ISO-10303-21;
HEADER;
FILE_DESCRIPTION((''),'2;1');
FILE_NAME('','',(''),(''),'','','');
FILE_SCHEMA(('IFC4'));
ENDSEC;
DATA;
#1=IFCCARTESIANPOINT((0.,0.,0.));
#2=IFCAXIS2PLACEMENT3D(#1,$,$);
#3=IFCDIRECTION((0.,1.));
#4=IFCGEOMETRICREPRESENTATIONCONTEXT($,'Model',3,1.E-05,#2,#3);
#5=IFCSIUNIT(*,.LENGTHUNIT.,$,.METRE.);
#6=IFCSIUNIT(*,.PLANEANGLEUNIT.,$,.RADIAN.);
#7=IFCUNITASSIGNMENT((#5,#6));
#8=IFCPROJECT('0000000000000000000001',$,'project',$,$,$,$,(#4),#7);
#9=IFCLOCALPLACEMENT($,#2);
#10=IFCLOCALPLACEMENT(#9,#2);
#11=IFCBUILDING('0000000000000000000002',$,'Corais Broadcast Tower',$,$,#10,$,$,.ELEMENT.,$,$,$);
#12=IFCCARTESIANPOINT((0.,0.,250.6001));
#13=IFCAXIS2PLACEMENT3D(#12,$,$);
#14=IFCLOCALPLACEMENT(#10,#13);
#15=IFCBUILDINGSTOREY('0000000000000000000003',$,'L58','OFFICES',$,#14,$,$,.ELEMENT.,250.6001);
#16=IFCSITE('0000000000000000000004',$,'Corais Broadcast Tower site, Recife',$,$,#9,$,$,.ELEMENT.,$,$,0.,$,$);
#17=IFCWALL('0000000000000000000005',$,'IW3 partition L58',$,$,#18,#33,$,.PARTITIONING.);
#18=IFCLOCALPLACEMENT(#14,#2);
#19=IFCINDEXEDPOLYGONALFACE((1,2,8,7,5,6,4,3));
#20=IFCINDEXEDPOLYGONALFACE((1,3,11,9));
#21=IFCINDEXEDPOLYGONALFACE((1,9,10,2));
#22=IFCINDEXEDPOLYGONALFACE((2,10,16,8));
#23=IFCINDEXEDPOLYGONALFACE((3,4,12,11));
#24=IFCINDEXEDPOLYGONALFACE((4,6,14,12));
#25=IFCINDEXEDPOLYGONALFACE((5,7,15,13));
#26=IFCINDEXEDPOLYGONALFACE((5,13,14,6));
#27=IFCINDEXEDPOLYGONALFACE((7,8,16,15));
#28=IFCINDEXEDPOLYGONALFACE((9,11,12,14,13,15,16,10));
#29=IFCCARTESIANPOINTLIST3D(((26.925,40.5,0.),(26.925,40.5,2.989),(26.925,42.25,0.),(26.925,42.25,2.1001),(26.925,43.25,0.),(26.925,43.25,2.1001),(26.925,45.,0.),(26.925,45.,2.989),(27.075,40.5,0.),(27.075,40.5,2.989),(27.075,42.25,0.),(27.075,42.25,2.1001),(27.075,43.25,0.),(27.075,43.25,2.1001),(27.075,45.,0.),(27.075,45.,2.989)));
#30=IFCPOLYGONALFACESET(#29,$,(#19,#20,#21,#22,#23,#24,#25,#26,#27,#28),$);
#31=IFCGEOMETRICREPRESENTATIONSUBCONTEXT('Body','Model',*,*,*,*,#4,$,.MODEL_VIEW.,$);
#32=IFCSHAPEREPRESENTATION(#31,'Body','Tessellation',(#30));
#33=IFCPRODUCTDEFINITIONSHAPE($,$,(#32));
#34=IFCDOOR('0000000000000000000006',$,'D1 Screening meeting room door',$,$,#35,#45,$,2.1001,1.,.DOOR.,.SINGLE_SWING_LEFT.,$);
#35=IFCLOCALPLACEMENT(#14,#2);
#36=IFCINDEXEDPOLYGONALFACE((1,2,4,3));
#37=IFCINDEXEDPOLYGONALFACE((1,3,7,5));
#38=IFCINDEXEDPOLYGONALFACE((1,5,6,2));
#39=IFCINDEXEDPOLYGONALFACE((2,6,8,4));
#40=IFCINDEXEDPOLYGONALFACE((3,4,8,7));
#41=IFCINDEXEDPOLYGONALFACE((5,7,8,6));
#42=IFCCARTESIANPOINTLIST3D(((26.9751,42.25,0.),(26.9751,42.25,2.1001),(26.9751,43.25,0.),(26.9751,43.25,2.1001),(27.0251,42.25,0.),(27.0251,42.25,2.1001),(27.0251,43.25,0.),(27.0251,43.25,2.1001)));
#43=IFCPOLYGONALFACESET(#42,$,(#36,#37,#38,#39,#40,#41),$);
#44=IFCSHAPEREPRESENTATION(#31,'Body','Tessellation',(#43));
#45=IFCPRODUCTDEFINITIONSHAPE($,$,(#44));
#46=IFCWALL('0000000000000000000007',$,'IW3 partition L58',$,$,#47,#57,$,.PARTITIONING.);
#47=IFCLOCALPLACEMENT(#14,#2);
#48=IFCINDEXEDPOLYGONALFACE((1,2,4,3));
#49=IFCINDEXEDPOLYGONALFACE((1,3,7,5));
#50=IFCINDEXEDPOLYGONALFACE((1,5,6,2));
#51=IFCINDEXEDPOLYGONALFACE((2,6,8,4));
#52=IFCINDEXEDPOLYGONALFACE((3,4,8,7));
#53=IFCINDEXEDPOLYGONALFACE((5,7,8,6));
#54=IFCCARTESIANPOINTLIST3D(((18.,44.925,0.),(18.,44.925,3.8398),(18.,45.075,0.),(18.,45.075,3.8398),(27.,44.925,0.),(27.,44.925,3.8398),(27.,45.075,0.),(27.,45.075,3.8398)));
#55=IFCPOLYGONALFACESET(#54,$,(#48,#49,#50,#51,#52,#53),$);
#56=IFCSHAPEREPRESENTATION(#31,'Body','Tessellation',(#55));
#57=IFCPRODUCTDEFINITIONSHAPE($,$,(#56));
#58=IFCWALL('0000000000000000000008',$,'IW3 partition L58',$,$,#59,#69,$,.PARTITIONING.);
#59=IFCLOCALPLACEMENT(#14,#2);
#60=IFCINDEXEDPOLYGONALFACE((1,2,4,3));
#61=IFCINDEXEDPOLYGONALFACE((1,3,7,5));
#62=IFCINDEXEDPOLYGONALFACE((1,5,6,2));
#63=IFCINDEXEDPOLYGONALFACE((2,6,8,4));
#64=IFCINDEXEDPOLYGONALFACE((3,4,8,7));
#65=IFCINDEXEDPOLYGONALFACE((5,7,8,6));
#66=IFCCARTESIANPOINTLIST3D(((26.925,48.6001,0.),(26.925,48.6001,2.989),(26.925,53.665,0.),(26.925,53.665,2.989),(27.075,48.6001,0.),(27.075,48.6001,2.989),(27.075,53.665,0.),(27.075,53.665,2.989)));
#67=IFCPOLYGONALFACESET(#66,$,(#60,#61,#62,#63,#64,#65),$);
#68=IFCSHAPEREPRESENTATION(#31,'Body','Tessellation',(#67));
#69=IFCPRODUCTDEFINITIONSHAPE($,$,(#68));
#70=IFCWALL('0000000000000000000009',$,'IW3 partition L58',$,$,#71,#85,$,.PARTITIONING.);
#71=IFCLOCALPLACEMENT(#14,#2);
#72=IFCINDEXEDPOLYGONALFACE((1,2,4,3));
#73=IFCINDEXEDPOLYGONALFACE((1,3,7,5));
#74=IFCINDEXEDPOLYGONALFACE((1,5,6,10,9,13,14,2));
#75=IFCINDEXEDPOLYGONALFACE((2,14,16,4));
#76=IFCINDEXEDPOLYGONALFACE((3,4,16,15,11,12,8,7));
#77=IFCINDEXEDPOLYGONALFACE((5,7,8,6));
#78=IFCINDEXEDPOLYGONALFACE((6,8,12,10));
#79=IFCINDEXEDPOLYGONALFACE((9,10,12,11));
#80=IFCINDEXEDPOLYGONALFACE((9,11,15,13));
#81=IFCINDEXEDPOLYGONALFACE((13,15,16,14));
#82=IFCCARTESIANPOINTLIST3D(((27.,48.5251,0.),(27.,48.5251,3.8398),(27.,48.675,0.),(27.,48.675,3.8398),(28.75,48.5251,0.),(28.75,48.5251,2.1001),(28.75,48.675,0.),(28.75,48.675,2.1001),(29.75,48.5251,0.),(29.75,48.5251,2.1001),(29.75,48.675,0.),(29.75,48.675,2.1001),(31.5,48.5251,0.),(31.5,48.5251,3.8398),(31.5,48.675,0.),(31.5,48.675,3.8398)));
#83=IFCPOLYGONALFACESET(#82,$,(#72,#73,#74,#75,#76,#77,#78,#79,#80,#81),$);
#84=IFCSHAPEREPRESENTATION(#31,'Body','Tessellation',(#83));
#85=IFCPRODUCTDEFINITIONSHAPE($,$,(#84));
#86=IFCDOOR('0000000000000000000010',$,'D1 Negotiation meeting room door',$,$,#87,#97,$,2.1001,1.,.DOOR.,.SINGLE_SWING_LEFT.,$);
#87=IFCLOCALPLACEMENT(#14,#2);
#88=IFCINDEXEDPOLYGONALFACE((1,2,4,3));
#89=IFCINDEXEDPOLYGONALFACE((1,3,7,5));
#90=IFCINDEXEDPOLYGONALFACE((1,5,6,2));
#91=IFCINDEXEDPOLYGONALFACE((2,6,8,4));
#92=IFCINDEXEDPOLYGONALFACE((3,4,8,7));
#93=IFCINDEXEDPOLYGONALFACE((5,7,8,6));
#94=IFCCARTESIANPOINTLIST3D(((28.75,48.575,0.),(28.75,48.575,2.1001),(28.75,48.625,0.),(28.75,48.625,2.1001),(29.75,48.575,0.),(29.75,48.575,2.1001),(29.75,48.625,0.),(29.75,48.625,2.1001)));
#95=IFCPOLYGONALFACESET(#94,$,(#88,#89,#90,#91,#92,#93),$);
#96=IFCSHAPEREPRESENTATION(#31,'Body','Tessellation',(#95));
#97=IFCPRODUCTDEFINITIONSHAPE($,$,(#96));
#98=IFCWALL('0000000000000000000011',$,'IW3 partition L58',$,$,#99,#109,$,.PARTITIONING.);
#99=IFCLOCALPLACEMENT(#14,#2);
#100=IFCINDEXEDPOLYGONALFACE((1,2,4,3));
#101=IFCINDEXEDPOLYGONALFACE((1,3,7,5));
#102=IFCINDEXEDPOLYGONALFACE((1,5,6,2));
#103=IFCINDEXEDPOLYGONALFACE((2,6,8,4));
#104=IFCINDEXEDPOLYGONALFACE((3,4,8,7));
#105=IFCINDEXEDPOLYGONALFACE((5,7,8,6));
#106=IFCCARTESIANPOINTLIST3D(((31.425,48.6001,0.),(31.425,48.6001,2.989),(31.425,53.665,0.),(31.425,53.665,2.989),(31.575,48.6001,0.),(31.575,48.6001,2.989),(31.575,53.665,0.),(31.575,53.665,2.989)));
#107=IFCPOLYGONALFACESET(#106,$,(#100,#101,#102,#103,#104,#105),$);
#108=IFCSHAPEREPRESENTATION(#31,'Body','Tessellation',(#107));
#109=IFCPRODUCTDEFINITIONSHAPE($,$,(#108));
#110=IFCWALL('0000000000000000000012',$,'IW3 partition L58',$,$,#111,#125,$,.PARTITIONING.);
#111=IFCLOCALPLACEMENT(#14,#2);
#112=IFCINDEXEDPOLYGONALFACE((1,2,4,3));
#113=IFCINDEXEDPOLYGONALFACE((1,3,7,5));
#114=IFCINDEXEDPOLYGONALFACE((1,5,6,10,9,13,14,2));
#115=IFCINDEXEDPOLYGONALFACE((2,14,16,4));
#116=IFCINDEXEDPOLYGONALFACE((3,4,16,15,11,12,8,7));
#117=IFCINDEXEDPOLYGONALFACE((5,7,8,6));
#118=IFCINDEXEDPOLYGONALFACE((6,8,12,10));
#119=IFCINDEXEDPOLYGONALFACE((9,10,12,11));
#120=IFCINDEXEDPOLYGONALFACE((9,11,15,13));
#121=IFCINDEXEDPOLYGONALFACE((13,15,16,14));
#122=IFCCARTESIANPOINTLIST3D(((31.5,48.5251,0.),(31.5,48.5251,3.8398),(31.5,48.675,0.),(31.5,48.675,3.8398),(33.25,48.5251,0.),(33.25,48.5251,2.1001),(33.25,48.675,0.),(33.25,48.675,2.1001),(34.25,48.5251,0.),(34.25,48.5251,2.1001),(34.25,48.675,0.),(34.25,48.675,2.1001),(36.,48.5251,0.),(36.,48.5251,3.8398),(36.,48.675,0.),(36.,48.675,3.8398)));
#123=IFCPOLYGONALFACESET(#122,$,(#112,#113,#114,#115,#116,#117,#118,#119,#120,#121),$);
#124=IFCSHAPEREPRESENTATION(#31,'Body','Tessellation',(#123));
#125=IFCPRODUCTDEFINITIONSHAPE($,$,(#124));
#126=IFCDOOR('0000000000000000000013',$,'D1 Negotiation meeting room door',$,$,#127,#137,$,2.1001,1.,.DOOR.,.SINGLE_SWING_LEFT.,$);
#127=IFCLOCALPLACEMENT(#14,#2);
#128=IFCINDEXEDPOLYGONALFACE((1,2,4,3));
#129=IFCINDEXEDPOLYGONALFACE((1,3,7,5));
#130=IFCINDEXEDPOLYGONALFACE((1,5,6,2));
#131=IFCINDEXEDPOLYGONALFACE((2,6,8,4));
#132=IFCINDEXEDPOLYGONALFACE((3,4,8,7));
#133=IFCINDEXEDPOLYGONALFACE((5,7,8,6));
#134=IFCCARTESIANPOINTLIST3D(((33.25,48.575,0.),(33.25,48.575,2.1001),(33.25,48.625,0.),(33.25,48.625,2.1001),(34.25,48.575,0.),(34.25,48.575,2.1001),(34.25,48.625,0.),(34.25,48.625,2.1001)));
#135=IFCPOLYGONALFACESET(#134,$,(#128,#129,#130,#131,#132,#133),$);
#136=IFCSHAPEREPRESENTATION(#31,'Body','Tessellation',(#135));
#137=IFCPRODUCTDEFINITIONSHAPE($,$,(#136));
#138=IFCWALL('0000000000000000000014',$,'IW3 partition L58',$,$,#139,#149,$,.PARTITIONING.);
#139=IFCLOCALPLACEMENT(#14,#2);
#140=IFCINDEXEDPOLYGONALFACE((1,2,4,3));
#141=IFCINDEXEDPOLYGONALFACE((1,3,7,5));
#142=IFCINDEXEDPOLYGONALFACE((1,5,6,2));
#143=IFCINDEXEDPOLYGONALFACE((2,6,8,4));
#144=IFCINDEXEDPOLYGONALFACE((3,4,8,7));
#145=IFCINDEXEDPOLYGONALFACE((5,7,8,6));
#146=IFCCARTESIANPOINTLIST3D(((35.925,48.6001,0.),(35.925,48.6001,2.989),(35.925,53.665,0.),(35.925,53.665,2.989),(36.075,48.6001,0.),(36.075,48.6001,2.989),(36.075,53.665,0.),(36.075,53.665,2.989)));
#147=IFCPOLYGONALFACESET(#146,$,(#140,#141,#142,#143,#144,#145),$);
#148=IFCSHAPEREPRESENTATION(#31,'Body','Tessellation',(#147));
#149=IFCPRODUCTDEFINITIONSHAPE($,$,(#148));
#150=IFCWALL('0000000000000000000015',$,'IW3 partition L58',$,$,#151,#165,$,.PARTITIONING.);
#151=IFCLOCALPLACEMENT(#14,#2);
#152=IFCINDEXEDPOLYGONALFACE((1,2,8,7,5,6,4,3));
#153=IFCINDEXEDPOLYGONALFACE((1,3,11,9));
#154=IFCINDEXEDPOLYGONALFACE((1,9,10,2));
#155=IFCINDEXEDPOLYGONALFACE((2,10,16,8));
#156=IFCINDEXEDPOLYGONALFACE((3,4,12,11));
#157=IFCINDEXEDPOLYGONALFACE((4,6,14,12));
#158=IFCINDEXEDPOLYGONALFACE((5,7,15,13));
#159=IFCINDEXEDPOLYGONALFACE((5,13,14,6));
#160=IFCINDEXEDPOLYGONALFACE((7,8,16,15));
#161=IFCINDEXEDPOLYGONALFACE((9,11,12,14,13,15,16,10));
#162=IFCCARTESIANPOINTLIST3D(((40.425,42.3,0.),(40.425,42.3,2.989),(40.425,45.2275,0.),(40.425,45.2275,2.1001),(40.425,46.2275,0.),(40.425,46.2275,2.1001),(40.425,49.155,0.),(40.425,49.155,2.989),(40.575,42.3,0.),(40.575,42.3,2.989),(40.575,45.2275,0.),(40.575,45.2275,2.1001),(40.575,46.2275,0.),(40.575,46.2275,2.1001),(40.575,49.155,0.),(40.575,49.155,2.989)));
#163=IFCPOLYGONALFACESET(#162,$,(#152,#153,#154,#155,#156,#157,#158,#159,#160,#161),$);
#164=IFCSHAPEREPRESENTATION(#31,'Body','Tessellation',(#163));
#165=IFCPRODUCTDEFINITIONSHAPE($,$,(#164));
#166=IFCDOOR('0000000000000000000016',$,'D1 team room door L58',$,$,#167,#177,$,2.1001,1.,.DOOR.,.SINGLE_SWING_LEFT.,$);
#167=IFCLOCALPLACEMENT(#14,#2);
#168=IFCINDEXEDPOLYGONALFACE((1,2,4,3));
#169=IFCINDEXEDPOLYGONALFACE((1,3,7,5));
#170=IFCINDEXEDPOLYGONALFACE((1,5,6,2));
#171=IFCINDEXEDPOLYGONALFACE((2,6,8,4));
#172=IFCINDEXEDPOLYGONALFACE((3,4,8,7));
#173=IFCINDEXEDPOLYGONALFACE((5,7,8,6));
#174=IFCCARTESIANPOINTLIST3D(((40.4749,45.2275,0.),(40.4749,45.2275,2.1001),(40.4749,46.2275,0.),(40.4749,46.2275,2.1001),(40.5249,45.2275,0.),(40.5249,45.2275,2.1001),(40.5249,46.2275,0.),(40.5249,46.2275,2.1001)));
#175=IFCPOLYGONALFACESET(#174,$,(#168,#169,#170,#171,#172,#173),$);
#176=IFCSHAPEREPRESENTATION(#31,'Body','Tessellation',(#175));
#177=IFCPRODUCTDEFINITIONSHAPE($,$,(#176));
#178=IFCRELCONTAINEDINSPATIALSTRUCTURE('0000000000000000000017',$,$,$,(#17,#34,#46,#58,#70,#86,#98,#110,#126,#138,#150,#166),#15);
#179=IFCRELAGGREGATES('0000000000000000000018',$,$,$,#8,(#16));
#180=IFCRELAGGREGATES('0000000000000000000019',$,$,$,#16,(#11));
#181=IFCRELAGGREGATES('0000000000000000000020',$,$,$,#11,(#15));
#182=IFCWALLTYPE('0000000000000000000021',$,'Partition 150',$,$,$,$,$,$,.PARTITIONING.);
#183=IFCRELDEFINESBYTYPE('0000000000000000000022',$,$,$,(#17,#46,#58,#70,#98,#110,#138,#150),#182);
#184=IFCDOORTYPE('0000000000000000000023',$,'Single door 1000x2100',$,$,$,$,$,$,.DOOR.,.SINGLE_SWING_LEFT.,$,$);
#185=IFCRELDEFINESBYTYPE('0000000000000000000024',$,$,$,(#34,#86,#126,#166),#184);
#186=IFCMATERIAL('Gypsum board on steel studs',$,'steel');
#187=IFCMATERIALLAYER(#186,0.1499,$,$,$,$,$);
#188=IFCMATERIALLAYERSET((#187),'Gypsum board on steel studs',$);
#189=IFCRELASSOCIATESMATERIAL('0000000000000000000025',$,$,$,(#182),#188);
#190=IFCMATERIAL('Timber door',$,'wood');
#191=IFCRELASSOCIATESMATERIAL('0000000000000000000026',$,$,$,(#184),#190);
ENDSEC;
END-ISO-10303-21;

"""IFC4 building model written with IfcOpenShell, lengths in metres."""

from ifc_helpers import new_model, si_unit, direction, frame, frame_2d, origin, place, context, subcontext, project, spatial, rectangle, extrude, material, layer, layer_set, type_object, element, fill, save


model = new_model("IFC4")

# Units and contexts
model_context = context("Model", 3, precision=1e-05, world=origin(), true_north=direction((0.0, 1.0)))
body_context = subcontext(model_context, "Body", "Model", "MODEL_VIEW")
ifc_project = project(units=[si_unit("LENGTHUNIT", "METRE"), si_unit("PLANEANGLEUNIT", "RADIAN")], contexts=[model_context])

# Site, building, storey
site_placement = place(None, origin())
site = spatial("IfcSite", under=ifc_project, at=site_placement, Name="Corais Broadcast Tower site, Recife", CompositionType="ELEMENT", RefElevation=0.0)
building_placement = place(site_placement, origin())
building = spatial("IfcBuilding", under=site, at=building_placement, Name="Corais Broadcast Tower", CompositionType="ELEMENT")
storey_placement = place(building_placement, frame((0.0, 0.0, 250.6001)))
storey = spatial("IfcBuildingStorey", under=building, at=storey_placement, Name="L58", Description="OFFICES", CompositionType="ELEMENT", Elevation=250.6001)

# Shared definitions
ifc_material_1 = material(Name="Gypsum board on steel studs", Category="steel")
ifc_layer_1 = layer(ifc_material_1, 0.1499)
ifc_layer_set_1 = layer_set([ifc_layer_1], Name="Gypsum board on steel studs")
wall_type_1 = type_object("IfcWallType", Name="Partition 150", PredefinedType="PARTITIONING", material=ifc_layer_set_1)

# Wall, opening, door
wall_1_placement = place(storey_placement, frame((27.0, 40.5, 0.0), z_axis=(0.0, 0.0, 1.0), x_axis=(0.0, 1.0, 0.0)))
wall_1 = element("IfcWall", 1, at=wall_1_placement, inside=storey, type_object=wall_type_1, Name="IW3 partition L58", PredefinedType="PARTITIONING", context=body_context, shape_type="SweptSolid", body=[
    extrude(rectangle(XDim=4.5, YDim=0.1499, at=frame_2d((2.25, 0.0))), origin(), (0.0, 0.0, 1.0), 2.989),
])
opening_1_placement = place(wall_1_placement, frame((1.75, 0.0, 0.0)))
opening_1 = element("IfcOpeningElement", 2, at=opening_1_placement, cuts=wall_1, PredefinedType="OPENING", context=body_context, shape_type="SweptSolid", body=[
    extrude(rectangle(XDim=1.0, YDim=2.1001, at=frame_2d((0.5, 1.05))), frame((0.0, 0.085, 0.0), z_axis=(0.0, -1.0, 0.0), x_axis=(1.0, 0.0, 0.0)), (0.0, 0.0, 1.0), 0.1699),
])
ifc_material_2 = material(Name="Timber door", Category="wood")
door_type = type_object("IfcDoorType", Name="Single door 1000x2100", OperationType="SINGLE_SWING_LEFT", PredefinedType="DOOR", material=ifc_material_2)
door_1_placement = place(opening_1_placement, origin())
door_1 = element("IfcDoor", 3, at=door_1_placement, inside=storey, type_object=door_type, Name="D1 Screening meeting room door", OperationType="SINGLE_SWING_LEFT", OverallHeight=2.1001, OverallWidth=1.0, PredefinedType="DOOR", context=body_context, shape_type="SweptSolid", body=[
    extrude(rectangle(XDim=1.0, YDim=2.1001, at=frame_2d((0.5, 1.05))), frame((0.0, 0.0249, 0.0), z_axis=(0.0, -1.0, 0.0), x_axis=(1.0, 0.0, 0.0)), (0.0, 0.0, 1.0), 0.05),
])
fill(opening_1, door_1)

# Walls
wall_2_placement = place(storey_placement, frame((27.0, 45.0, 0.0), z_axis=(0.0, 0.0, 1.0), x_axis=(-1.0, 0.0, 0.0)))
element("IfcWall", 4, at=wall_2_placement, inside=storey, type_object=wall_type_1, Name="IW3 partition L58", PredefinedType="PARTITIONING", context=body_context, shape_type="SweptSolid", body=[
    extrude(rectangle(XDim=9.0, YDim=0.1499, at=frame_2d((4.5, 0.0))), origin(), (0.0, 0.0, 1.0), 3.8398),
])
wall_3_placement = place(storey_placement, frame((27.0, 48.6001, 0.0), z_axis=(0.0, 0.0, 1.0), x_axis=(0.0, 1.0, 0.0)))
element("IfcWall", 5, at=wall_3_placement, inside=storey, type_object=wall_type_1, Name="IW3 partition L58", PredefinedType="PARTITIONING", context=body_context, shape_type="SweptSolid", body=[
    extrude(rectangle(XDim=5.0649, YDim=0.1499, at=frame_2d((2.5325, 0.0))), origin(), (0.0, 0.0, 1.0), 2.989),
])

# Wall, opening, door
wall_4_placement = place(storey_placement, frame((27.0, 48.6001, 0.0), z_axis=(0.0, 0.0, 1.0), x_axis=(1.0, 0.0, 0.0)))
wall_4 = element("IfcWall", 6, at=wall_4_placement, inside=storey, type_object=wall_type_1, Name="IW3 partition L58", PredefinedType="PARTITIONING", context=body_context, shape_type="SweptSolid", body=[
    extrude(rectangle(XDim=4.5, YDim=0.1499, at=frame_2d((2.25, 0.0))), origin(), (0.0, 0.0, 1.0), 3.8398),
])
opening_2_placement = place(wall_4_placement, frame((1.75, 0.0, 0.0)))
opening_2 = element("IfcOpeningElement", 7, at=opening_2_placement, cuts=wall_4, PredefinedType="OPENING", context=body_context, shape_type="SweptSolid", body=[
    extrude(rectangle(XDim=1.0, YDim=2.1001, at=frame_2d((0.5, 1.05))), frame((0.0, 0.085, 0.0), z_axis=(0.0, -1.0, 0.0), x_axis=(1.0, 0.0, 0.0)), (0.0, 0.0, 1.0), 0.1699),
])
door_2_placement = place(opening_2_placement, origin())
door_2 = element("IfcDoor", 8, at=door_2_placement, inside=storey, type_object=door_type, Name="D1 Negotiation meeting room door", OperationType="SINGLE_SWING_LEFT", OverallHeight=2.1001, OverallWidth=1.0, PredefinedType="DOOR", context=body_context, shape_type="SweptSolid", body=[
    extrude(rectangle(XDim=1.0, YDim=2.1001, at=frame_2d((0.5, 1.05))), frame((0.0, 0.0249, 0.0), z_axis=(0.0, -1.0, 0.0), x_axis=(1.0, 0.0, 0.0)), (0.0, 0.0, 1.0), 0.05),
])
fill(opening_2, door_2)

# Wall
wall_5_placement = place(storey_placement, frame((31.5, 48.6001, 0.0), z_axis=(0.0, 0.0, 1.0), x_axis=(0.0, 1.0, 0.0)))
element("IfcWall", 9, at=wall_5_placement, inside=storey, type_object=wall_type_1, Name="IW3 partition L58", PredefinedType="PARTITIONING", context=body_context, shape_type="SweptSolid", body=[
    extrude(rectangle(XDim=5.0649, YDim=0.1499, at=frame_2d((2.5325, 0.0))), origin(), (0.0, 0.0, 1.0), 2.989),
])

# Wall, opening, door
wall_6_placement = place(storey_placement, frame((31.5, 48.6001, 0.0), z_axis=(0.0, 0.0, 1.0), x_axis=(1.0, 0.0, 0.0)))
wall_6 = element("IfcWall", 10, at=wall_6_placement, inside=storey, type_object=wall_type_1, Name="IW3 partition L58", PredefinedType="PARTITIONING", context=body_context, shape_type="SweptSolid", body=[
    extrude(rectangle(XDim=4.5, YDim=0.1499, at=frame_2d((2.25, 0.0))), origin(), (0.0, 0.0, 1.0), 3.8398),
])
opening_3_placement = place(wall_6_placement, frame((1.75, 0.0, 0.0)))
opening_3 = element("IfcOpeningElement", 11, at=opening_3_placement, cuts=wall_6, PredefinedType="OPENING", context=body_context, shape_type="SweptSolid", body=[
    extrude(rectangle(XDim=1.0, YDim=2.1001, at=frame_2d((0.5, 1.05))), frame((0.0, 0.085, 0.0), z_axis=(0.0, -1.0, 0.0), x_axis=(1.0, 0.0, 0.0)), (0.0, 0.0, 1.0), 0.1699),
])
door_3_placement = place(opening_3_placement, origin())
door_3 = element("IfcDoor", 12, at=door_3_placement, inside=storey, type_object=door_type, Name="D1 Negotiation meeting room door", OperationType="SINGLE_SWING_LEFT", OverallHeight=2.1001, OverallWidth=1.0, PredefinedType="DOOR", context=body_context, shape_type="SweptSolid", body=[
    extrude(rectangle(XDim=1.0, YDim=2.1001, at=frame_2d((0.5, 1.05))), frame((0.0, 0.0249, 0.0), z_axis=(0.0, -1.0, 0.0), x_axis=(1.0, 0.0, 0.0)), (0.0, 0.0, 1.0), 0.05),
])
fill(opening_3, door_3)

# Wall
wall_7_placement = place(storey_placement, frame((36.0, 48.6001, 0.0), z_axis=(0.0, 0.0, 1.0), x_axis=(0.0, 1.0, 0.0)))
element("IfcWall", 13, at=wall_7_placement, inside=storey, type_object=wall_type_1, Name="IW3 partition L58", PredefinedType="PARTITIONING", context=body_context, shape_type="SweptSolid", body=[
    extrude(rectangle(XDim=5.0649, YDim=0.1499, at=frame_2d((2.5325, 0.0))), origin(), (0.0, 0.0, 1.0), 2.989),
])

# Wall, opening, door
wall_8_placement = place(storey_placement, frame((40.5, 49.155, 0.0), z_axis=(0.0, 0.0, 1.0), x_axis=(0.0, -1.0, 0.0)))
wall_8 = element("IfcWall", 14, at=wall_8_placement, inside=storey, type_object=wall_type_1, Name="IW3 partition L58", PredefinedType="PARTITIONING", context=body_context, shape_type="SweptSolid", body=[
    extrude(rectangle(XDim=6.855, YDim=0.1499, at=frame_2d((3.4275, 0.0))), origin(), (0.0, 0.0, 1.0), 2.989),
])
opening_4_placement = place(wall_8_placement, frame((2.9275, 0.0, 0.0)))
opening_4 = element("IfcOpeningElement", 15, at=opening_4_placement, cuts=wall_8, PredefinedType="OPENING", context=body_context, shape_type="SweptSolid", body=[
    extrude(rectangle(XDim=1.0, YDim=2.1001, at=frame_2d((0.5, 1.05))), frame((0.0, 0.085, 0.0), z_axis=(0.0, -1.0, 0.0), x_axis=(1.0, 0.0, 0.0)), (0.0, 0.0, 1.0), 0.1699),
])
door_4_placement = place(opening_4_placement, origin())
door_4 = element("IfcDoor", 16, at=door_4_placement, inside=storey, type_object=door_type, Name="D1 team room door L58", OperationType="SINGLE_SWING_LEFT", OverallHeight=2.1001, OverallWidth=1.0, PredefinedType="DOOR", context=body_context, shape_type="SweptSolid", body=[
    extrude(rectangle(XDim=1.0, YDim=2.1001, at=frame_2d((0.5, 1.05))), frame((0.0, 0.0249, 0.0), z_axis=(0.0, -1.0, 0.0), x_axis=(1.0, 0.0, 0.0)), (0.0, 0.0, 1.0), 0.05),
])
fill(opening_4, door_4)

save(model, "model.ifc")
